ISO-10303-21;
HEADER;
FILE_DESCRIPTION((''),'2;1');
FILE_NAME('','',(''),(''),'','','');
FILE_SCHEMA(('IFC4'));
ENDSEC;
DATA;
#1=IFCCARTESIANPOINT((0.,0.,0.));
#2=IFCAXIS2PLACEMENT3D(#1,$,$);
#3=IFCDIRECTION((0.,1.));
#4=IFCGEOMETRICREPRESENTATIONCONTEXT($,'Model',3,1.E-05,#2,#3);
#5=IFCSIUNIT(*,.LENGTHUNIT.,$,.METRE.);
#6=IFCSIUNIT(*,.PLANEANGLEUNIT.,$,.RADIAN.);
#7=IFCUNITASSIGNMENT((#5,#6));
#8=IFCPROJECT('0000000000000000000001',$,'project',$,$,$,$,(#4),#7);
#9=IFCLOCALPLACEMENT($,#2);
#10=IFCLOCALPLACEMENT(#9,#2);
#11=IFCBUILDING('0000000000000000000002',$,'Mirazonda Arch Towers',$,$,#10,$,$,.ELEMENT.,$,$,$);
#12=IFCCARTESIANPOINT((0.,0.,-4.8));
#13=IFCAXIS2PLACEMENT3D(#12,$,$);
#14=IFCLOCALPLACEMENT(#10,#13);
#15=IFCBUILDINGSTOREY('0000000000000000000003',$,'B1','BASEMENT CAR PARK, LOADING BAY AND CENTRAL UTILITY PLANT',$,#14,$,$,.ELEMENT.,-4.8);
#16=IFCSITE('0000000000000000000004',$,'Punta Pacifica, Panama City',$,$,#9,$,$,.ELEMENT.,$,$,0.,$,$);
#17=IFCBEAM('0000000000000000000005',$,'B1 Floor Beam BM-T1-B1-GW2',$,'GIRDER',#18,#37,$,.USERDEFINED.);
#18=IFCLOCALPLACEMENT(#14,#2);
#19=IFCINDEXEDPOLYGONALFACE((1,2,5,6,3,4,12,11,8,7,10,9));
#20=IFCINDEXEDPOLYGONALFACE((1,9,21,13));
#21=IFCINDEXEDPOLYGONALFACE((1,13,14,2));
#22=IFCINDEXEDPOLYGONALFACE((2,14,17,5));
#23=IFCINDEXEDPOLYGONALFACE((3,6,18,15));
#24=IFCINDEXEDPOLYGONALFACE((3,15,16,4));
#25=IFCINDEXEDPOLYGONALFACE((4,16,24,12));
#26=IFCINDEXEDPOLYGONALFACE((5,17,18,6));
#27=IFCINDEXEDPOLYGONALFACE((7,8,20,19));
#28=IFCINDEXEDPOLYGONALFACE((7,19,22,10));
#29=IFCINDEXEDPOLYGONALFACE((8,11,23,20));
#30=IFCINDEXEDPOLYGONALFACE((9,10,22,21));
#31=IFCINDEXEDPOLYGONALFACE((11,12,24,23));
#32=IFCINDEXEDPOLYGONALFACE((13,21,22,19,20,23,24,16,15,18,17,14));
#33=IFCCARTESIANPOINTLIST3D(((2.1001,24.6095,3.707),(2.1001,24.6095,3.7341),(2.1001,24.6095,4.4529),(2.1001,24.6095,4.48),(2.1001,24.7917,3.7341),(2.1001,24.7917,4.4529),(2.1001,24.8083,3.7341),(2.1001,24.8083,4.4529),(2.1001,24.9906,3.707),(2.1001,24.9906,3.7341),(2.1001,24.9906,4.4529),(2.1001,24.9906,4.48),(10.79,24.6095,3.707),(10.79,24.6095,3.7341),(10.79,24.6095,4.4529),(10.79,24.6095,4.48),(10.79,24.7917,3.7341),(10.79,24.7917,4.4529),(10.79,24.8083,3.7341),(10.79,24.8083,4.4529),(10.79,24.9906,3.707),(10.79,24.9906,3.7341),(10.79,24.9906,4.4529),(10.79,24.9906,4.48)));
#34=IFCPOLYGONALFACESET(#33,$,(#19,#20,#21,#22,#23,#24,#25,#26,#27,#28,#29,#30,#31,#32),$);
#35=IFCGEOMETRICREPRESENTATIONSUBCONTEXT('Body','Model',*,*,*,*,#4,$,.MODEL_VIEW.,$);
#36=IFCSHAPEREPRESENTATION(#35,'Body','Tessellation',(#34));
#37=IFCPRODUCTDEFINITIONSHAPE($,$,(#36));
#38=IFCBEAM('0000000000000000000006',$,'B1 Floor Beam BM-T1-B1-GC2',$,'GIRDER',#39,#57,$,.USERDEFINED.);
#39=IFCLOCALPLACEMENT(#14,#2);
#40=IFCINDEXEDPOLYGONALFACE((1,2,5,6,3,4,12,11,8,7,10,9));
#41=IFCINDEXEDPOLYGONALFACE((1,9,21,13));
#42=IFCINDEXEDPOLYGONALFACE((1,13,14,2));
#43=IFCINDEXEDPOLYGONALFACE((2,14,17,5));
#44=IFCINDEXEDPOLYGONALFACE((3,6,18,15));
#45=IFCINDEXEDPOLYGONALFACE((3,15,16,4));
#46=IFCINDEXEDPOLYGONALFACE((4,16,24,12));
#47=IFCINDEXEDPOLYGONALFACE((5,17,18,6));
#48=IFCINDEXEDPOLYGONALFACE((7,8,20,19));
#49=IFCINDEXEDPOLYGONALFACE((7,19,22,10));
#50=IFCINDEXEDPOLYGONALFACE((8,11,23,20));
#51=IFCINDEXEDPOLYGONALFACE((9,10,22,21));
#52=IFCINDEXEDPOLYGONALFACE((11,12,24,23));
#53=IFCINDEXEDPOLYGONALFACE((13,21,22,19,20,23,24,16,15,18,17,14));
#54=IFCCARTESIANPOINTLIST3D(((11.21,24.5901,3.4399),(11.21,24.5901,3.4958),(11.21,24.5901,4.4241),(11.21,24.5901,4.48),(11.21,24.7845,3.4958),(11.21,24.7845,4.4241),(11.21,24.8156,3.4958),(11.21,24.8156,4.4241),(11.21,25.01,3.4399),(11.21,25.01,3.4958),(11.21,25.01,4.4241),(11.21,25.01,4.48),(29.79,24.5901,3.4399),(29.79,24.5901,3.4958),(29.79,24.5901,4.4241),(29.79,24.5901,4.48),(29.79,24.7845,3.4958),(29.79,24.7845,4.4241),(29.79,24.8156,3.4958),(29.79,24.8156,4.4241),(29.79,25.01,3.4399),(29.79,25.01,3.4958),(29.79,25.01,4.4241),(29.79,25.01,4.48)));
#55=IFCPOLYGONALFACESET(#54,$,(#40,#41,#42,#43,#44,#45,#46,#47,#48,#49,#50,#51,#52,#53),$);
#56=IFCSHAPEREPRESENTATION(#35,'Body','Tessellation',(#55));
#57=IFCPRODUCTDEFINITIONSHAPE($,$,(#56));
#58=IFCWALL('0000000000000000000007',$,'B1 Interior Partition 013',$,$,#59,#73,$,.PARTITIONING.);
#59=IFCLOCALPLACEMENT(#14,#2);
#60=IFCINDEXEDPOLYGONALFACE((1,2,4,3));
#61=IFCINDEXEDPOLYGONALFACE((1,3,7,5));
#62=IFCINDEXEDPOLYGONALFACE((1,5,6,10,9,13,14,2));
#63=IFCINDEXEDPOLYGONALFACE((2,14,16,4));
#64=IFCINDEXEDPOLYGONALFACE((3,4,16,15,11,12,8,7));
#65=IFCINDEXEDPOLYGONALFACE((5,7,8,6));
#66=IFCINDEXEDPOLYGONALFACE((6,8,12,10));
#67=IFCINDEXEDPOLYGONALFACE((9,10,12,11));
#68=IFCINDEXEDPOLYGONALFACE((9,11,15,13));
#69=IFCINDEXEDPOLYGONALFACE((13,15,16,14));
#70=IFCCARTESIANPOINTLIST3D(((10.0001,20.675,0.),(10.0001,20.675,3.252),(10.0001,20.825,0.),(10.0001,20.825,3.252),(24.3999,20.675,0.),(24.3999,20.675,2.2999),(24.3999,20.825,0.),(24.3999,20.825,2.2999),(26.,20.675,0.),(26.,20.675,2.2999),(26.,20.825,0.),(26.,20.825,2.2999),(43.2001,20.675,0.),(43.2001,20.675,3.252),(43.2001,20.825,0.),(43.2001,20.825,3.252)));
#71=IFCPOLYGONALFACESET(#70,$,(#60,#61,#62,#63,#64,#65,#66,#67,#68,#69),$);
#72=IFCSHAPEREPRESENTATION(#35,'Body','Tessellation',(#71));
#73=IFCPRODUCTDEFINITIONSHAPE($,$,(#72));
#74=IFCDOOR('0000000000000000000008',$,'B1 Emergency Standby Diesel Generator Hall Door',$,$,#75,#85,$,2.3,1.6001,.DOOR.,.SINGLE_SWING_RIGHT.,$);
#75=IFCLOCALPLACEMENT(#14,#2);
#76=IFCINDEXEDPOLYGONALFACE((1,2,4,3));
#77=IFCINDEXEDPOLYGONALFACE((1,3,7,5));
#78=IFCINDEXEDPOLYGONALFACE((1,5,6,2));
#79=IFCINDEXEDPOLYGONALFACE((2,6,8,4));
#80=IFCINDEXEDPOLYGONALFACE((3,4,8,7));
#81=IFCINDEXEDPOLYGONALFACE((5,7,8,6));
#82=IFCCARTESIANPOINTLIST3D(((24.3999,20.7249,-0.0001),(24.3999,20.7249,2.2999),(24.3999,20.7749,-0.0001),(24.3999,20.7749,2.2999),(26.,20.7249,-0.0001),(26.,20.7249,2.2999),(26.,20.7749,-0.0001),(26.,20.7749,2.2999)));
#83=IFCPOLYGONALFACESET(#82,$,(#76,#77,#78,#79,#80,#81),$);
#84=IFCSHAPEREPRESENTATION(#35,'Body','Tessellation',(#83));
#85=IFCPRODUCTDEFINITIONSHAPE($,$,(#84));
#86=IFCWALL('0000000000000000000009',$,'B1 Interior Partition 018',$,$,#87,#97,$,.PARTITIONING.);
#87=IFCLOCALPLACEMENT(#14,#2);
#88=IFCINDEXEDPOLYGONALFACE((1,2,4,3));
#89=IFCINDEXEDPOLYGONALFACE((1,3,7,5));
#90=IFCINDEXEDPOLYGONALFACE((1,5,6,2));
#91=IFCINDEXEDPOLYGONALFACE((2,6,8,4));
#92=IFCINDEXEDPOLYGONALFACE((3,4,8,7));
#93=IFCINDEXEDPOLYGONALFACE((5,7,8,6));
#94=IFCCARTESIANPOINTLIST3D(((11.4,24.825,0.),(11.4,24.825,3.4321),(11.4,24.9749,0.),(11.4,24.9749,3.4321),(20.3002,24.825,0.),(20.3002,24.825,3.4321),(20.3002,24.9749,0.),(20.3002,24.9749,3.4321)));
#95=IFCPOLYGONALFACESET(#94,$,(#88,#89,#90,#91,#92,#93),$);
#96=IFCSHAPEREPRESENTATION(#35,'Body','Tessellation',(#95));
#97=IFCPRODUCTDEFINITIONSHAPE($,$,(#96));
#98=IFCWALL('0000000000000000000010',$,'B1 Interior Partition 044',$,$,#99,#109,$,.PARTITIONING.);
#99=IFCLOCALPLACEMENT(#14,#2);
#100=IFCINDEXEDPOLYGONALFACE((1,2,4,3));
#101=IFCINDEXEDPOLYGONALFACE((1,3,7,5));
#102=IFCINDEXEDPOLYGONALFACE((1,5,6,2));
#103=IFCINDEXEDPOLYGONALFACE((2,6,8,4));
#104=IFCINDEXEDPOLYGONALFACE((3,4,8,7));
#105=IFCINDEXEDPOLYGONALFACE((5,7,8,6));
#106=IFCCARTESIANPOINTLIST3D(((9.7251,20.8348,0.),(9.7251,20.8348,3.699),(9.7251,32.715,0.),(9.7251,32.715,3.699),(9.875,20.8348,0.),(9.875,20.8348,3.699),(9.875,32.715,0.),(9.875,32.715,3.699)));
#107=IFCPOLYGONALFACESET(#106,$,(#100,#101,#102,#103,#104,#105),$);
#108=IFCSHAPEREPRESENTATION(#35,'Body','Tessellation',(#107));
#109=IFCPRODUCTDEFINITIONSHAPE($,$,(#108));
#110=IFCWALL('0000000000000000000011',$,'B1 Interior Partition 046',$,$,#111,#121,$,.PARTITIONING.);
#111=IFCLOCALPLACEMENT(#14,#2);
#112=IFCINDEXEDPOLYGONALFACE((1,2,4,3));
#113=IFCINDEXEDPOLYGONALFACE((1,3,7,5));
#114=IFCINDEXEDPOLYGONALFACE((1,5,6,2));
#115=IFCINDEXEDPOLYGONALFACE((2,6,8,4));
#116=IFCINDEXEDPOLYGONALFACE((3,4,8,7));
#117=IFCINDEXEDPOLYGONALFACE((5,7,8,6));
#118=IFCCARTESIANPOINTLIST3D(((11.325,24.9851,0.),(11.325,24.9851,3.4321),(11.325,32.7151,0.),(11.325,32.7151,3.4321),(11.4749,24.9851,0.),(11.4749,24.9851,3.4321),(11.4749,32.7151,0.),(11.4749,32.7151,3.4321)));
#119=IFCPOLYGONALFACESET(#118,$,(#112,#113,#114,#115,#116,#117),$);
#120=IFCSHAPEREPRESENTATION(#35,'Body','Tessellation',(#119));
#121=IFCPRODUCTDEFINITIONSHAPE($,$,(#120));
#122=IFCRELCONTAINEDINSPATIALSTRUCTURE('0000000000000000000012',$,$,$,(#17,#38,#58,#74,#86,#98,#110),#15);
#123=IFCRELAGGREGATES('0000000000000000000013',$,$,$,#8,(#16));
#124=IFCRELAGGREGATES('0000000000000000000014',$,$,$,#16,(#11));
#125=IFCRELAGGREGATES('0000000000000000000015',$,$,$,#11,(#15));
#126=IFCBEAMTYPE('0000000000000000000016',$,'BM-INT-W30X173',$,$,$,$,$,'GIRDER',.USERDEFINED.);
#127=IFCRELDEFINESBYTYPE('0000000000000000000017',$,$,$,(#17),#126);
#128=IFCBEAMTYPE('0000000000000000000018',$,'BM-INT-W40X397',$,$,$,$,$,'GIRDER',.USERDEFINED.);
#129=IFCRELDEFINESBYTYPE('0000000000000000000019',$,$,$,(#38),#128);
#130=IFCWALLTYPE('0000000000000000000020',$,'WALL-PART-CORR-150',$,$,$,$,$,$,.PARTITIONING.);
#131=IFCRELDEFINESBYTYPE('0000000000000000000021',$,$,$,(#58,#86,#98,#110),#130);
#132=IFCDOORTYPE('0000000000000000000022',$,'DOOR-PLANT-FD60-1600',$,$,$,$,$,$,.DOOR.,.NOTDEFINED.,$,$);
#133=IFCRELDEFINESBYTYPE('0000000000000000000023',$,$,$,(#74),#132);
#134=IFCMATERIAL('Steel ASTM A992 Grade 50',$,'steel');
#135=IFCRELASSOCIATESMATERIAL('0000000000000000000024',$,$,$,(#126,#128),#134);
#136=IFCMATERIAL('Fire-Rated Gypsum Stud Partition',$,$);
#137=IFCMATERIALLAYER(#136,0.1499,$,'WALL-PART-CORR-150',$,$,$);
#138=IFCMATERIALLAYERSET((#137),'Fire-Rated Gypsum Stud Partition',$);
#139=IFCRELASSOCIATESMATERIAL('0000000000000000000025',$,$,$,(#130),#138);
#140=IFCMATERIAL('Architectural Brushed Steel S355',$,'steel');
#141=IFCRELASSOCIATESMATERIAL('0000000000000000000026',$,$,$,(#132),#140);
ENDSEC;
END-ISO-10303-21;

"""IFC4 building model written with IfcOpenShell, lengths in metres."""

from ifc_helpers import new_model, si_unit, direction, frame, frame_2d, origin, origin_2d, place, context, subcontext, project, spatial, rectangle, i_section, extrude, material, layer, layer_set, material_profile, profile_set, type_object, element, fill, save


model = new_model("IFC4")

# Units and contexts
model_context = context("Model", 3, precision=1e-05, world=origin(), true_north=direction((0.0, 1.0)))
body_context = subcontext(model_context, "Body", "Model", "MODEL_VIEW")
ifc_project = project(units=[si_unit("LENGTHUNIT", "METRE"), si_unit("PLANEANGLEUNIT", "RADIAN")], contexts=[model_context])

# Site, building, storey
site_placement = place(None, origin())
site = spatial("IfcSite", under=ifc_project, at=site_placement, Name="Punta Pacifica, Panama City", CompositionType="ELEMENT", RefElevation=0.0)
building_placement = place(site_placement, origin())
building = spatial("IfcBuilding", under=site, at=building_placement, Name="Mirazonda Arch Towers", CompositionType="ELEMENT")
storey_placement = place(building_placement, frame((0.0, 0.0, -4.8)))
storey = spatial("IfcBuildingStorey", under=building, at=storey_placement, Name="B1", Description="BASEMENT CAR PARK, LOADING BAY AND CENTRAL UTILITY PLANT", CompositionType="ELEMENT", Elevation=-4.8)

# Beams
ifc_material_1 = material(Name="Steel ASTM A992 Grade 50", Category="steel")
ifc_material_profile_1 = material_profile(ifc_material_1, i_section(OverallWidth=0.3811, OverallDepth=0.7729, WebThickness=0.0166, FlangeThickness=0.0271, at=origin_2d()), Name="W30X173")
ifc_profile_set_1 = profile_set([ifc_material_profile_1], Name="Steel ASTM A992 Grade 50")
beam_type_1 = type_object("IfcBeamType", Name="BM-INT-W30X173", ElementType="GIRDER", PredefinedType="USERDEFINED", material=ifc_profile_set_1)
beam_1_placement = place(storey_placement, frame((2.1001, 24.8, 4.0935), z_axis=(1.0, 0.0, 0.0), x_axis=(0.0, 1.0, 0.0)))
element("IfcBeam", 1, at=beam_1_placement, inside=storey, type_object=beam_type_1, Name="B1 Floor Beam BM-T1-B1-GW2", ObjectType="GIRDER", PredefinedType="USERDEFINED", context=body_context, shape_type="SweptSolid", body=[
    extrude(i_section(OverallWidth=0.3811, OverallDepth=0.7729, WebThickness=0.0166, FlangeThickness=0.0271, at=origin_2d()), origin(), (0.0, 0.0, 1.0), 8.6899),
])
ifc_material_profile_2 = material_profile(ifc_material_1, i_section(OverallWidth=0.4199, OverallDepth=1.04, WebThickness=0.031, FlangeThickness=0.0559, at=origin_2d()), Name="W40X397")
ifc_profile_set_2 = profile_set([ifc_material_profile_2], Name="Steel ASTM A992 Grade 50")
beam_type_2 = type_object("IfcBeamType", Name="BM-INT-W40X397", ElementType="GIRDER", PredefinedType="USERDEFINED", material=ifc_profile_set_2)
beam_2_placement = place(storey_placement, frame((11.21, 24.8, 3.96), z_axis=(1.0, 0.0, 0.0), x_axis=(0.0, 1.0, 0.0)))
element("IfcBeam", 2, at=beam_2_placement, inside=storey, type_object=beam_type_2, Name="B1 Floor Beam BM-T1-B1-GC2", ObjectType="GIRDER", PredefinedType="USERDEFINED", context=body_context, shape_type="SweptSolid", body=[
    extrude(i_section(OverallWidth=0.4199, OverallDepth=1.04, WebThickness=0.031, FlangeThickness=0.0559, at=origin_2d()), origin(), (0.0, 0.0, 1.0), 18.5801),
])

# Wall, opening, door
ifc_material_2 = material(Name="Fire-Rated Gypsum Stud Partition")
ifc_layer = layer(ifc_material_2, 0.1499, Name="WALL-PART-CORR-150")
ifc_layer_set = layer_set([ifc_layer], Name="Fire-Rated Gypsum Stud Partition")
wall_type = type_object("IfcWallType", Name="WALL-PART-CORR-150", PredefinedType="PARTITIONING", material=ifc_layer_set)
wall_1_placement = place(storey_placement, frame((10.0, 20.75, 0.0), z_axis=(0.0, 0.0, 1.0), x_axis=(1.0, 0.0, 0.0)))
wall_1 = element("IfcWall", 3, at=wall_1_placement, inside=storey, type_object=wall_type, Name="B1 Interior Partition 013", PredefinedType="PARTITIONING", context=body_context, shape_type="SweptSolid", body=[
    extrude(rectangle(XDim=33.2, YDim=0.1499, at=frame_2d((16.6001, 0.0))), origin(), (0.0, 0.0, 1.0), 3.252),
])
opening_placement = place(wall_1_placement, frame((14.3999, 0.0, 0.0)))
opening = element("IfcOpeningElement", 4, at=opening_placement, cuts=wall_1, PredefinedType="OPENING", context=body_context, shape_type="SweptSolid", body=[
    extrude(rectangle(XDim=1.6001, YDim=2.3, at=frame_2d((0.8, 1.1499))), frame((0.0, 0.085, 0.0), z_axis=(0.0, -1.0, 0.0), x_axis=(1.0, 0.0, 0.0)), (0.0, 0.0, 1.0), 0.1699),
])
ifc_material_3 = material(Name="Architectural Brushed Steel S355", Category="steel")
door_type = type_object("IfcDoorType", Name="DOOR-PLANT-FD60-1600", OperationType="NOTDEFINED", PredefinedType="DOOR", material=ifc_material_3)
door_placement = place(opening_placement, origin())
door = element("IfcDoor", 5, at=door_placement, inside=storey, type_object=door_type, Name="B1 Emergency Standby Diesel Generator Hall Door", OperationType="SINGLE_SWING_RIGHT", OverallHeight=2.3, OverallWidth=1.6001, PredefinedType="DOOR", context=body_context, shape_type="SweptSolid", body=[
    extrude(rectangle(XDim=1.6001, YDim=2.3, at=frame_2d((0.8, 1.1499))), frame((0.0, 0.0249, 0.0), z_axis=(0.0, -1.0, 0.0), x_axis=(1.0, 0.0, 0.0)), (0.0, 0.0, 1.0), 0.05),
])
fill(opening, door)

# Walls
wall_2_placement = place(storey_placement, frame((11.3999, 24.8999, 0.0), z_axis=(0.0, 0.0, 1.0), x_axis=(1.0, 0.0, 0.0)))
element("IfcWall", 6, at=wall_2_placement, inside=storey, type_object=wall_type, Name="B1 Interior Partition 018", PredefinedType="PARTITIONING", context=body_context, shape_type="SweptSolid", body=[
    extrude(rectangle(XDim=8.9001, YDim=0.1499, at=frame_2d((4.4502, 0.0))), origin(), (0.0, 0.0, 1.0), 3.4321),
])
wall_3_placement = place(storey_placement, frame((9.8, 20.835, 0.0), z_axis=(0.0, 0.0, 1.0), x_axis=(0.0, 1.0, 0.0)))
element("IfcWall", 7, at=wall_3_placement, inside=storey, type_object=wall_type, Name="B1 Interior Partition 044", PredefinedType="PARTITIONING", context=body_context, shape_type="SweptSolid", body=[
    extrude(rectangle(XDim=11.8801, YDim=0.1499, at=frame_2d((5.9399, 0.0))), origin(), (0.0, 0.0, 1.0), 3.699),
])
wall_4_placement = place(storey_placement, frame((11.3999, 24.9851, 0.0), z_axis=(0.0, 0.0, 1.0), x_axis=(0.0, 1.0, 0.0)))
element("IfcWall", 8, at=wall_4_placement, inside=storey, type_object=wall_type, Name="B1 Interior Partition 046", PredefinedType="PARTITIONING", context=body_context, shape_type="SweptSolid", body=[
    extrude(rectangle(XDim=7.73, YDim=0.1499, at=frame_2d((3.865, 0.0))), origin(), (0.0, 0.0, 1.0), 3.4321),
])

save(model, "model.ifc")
